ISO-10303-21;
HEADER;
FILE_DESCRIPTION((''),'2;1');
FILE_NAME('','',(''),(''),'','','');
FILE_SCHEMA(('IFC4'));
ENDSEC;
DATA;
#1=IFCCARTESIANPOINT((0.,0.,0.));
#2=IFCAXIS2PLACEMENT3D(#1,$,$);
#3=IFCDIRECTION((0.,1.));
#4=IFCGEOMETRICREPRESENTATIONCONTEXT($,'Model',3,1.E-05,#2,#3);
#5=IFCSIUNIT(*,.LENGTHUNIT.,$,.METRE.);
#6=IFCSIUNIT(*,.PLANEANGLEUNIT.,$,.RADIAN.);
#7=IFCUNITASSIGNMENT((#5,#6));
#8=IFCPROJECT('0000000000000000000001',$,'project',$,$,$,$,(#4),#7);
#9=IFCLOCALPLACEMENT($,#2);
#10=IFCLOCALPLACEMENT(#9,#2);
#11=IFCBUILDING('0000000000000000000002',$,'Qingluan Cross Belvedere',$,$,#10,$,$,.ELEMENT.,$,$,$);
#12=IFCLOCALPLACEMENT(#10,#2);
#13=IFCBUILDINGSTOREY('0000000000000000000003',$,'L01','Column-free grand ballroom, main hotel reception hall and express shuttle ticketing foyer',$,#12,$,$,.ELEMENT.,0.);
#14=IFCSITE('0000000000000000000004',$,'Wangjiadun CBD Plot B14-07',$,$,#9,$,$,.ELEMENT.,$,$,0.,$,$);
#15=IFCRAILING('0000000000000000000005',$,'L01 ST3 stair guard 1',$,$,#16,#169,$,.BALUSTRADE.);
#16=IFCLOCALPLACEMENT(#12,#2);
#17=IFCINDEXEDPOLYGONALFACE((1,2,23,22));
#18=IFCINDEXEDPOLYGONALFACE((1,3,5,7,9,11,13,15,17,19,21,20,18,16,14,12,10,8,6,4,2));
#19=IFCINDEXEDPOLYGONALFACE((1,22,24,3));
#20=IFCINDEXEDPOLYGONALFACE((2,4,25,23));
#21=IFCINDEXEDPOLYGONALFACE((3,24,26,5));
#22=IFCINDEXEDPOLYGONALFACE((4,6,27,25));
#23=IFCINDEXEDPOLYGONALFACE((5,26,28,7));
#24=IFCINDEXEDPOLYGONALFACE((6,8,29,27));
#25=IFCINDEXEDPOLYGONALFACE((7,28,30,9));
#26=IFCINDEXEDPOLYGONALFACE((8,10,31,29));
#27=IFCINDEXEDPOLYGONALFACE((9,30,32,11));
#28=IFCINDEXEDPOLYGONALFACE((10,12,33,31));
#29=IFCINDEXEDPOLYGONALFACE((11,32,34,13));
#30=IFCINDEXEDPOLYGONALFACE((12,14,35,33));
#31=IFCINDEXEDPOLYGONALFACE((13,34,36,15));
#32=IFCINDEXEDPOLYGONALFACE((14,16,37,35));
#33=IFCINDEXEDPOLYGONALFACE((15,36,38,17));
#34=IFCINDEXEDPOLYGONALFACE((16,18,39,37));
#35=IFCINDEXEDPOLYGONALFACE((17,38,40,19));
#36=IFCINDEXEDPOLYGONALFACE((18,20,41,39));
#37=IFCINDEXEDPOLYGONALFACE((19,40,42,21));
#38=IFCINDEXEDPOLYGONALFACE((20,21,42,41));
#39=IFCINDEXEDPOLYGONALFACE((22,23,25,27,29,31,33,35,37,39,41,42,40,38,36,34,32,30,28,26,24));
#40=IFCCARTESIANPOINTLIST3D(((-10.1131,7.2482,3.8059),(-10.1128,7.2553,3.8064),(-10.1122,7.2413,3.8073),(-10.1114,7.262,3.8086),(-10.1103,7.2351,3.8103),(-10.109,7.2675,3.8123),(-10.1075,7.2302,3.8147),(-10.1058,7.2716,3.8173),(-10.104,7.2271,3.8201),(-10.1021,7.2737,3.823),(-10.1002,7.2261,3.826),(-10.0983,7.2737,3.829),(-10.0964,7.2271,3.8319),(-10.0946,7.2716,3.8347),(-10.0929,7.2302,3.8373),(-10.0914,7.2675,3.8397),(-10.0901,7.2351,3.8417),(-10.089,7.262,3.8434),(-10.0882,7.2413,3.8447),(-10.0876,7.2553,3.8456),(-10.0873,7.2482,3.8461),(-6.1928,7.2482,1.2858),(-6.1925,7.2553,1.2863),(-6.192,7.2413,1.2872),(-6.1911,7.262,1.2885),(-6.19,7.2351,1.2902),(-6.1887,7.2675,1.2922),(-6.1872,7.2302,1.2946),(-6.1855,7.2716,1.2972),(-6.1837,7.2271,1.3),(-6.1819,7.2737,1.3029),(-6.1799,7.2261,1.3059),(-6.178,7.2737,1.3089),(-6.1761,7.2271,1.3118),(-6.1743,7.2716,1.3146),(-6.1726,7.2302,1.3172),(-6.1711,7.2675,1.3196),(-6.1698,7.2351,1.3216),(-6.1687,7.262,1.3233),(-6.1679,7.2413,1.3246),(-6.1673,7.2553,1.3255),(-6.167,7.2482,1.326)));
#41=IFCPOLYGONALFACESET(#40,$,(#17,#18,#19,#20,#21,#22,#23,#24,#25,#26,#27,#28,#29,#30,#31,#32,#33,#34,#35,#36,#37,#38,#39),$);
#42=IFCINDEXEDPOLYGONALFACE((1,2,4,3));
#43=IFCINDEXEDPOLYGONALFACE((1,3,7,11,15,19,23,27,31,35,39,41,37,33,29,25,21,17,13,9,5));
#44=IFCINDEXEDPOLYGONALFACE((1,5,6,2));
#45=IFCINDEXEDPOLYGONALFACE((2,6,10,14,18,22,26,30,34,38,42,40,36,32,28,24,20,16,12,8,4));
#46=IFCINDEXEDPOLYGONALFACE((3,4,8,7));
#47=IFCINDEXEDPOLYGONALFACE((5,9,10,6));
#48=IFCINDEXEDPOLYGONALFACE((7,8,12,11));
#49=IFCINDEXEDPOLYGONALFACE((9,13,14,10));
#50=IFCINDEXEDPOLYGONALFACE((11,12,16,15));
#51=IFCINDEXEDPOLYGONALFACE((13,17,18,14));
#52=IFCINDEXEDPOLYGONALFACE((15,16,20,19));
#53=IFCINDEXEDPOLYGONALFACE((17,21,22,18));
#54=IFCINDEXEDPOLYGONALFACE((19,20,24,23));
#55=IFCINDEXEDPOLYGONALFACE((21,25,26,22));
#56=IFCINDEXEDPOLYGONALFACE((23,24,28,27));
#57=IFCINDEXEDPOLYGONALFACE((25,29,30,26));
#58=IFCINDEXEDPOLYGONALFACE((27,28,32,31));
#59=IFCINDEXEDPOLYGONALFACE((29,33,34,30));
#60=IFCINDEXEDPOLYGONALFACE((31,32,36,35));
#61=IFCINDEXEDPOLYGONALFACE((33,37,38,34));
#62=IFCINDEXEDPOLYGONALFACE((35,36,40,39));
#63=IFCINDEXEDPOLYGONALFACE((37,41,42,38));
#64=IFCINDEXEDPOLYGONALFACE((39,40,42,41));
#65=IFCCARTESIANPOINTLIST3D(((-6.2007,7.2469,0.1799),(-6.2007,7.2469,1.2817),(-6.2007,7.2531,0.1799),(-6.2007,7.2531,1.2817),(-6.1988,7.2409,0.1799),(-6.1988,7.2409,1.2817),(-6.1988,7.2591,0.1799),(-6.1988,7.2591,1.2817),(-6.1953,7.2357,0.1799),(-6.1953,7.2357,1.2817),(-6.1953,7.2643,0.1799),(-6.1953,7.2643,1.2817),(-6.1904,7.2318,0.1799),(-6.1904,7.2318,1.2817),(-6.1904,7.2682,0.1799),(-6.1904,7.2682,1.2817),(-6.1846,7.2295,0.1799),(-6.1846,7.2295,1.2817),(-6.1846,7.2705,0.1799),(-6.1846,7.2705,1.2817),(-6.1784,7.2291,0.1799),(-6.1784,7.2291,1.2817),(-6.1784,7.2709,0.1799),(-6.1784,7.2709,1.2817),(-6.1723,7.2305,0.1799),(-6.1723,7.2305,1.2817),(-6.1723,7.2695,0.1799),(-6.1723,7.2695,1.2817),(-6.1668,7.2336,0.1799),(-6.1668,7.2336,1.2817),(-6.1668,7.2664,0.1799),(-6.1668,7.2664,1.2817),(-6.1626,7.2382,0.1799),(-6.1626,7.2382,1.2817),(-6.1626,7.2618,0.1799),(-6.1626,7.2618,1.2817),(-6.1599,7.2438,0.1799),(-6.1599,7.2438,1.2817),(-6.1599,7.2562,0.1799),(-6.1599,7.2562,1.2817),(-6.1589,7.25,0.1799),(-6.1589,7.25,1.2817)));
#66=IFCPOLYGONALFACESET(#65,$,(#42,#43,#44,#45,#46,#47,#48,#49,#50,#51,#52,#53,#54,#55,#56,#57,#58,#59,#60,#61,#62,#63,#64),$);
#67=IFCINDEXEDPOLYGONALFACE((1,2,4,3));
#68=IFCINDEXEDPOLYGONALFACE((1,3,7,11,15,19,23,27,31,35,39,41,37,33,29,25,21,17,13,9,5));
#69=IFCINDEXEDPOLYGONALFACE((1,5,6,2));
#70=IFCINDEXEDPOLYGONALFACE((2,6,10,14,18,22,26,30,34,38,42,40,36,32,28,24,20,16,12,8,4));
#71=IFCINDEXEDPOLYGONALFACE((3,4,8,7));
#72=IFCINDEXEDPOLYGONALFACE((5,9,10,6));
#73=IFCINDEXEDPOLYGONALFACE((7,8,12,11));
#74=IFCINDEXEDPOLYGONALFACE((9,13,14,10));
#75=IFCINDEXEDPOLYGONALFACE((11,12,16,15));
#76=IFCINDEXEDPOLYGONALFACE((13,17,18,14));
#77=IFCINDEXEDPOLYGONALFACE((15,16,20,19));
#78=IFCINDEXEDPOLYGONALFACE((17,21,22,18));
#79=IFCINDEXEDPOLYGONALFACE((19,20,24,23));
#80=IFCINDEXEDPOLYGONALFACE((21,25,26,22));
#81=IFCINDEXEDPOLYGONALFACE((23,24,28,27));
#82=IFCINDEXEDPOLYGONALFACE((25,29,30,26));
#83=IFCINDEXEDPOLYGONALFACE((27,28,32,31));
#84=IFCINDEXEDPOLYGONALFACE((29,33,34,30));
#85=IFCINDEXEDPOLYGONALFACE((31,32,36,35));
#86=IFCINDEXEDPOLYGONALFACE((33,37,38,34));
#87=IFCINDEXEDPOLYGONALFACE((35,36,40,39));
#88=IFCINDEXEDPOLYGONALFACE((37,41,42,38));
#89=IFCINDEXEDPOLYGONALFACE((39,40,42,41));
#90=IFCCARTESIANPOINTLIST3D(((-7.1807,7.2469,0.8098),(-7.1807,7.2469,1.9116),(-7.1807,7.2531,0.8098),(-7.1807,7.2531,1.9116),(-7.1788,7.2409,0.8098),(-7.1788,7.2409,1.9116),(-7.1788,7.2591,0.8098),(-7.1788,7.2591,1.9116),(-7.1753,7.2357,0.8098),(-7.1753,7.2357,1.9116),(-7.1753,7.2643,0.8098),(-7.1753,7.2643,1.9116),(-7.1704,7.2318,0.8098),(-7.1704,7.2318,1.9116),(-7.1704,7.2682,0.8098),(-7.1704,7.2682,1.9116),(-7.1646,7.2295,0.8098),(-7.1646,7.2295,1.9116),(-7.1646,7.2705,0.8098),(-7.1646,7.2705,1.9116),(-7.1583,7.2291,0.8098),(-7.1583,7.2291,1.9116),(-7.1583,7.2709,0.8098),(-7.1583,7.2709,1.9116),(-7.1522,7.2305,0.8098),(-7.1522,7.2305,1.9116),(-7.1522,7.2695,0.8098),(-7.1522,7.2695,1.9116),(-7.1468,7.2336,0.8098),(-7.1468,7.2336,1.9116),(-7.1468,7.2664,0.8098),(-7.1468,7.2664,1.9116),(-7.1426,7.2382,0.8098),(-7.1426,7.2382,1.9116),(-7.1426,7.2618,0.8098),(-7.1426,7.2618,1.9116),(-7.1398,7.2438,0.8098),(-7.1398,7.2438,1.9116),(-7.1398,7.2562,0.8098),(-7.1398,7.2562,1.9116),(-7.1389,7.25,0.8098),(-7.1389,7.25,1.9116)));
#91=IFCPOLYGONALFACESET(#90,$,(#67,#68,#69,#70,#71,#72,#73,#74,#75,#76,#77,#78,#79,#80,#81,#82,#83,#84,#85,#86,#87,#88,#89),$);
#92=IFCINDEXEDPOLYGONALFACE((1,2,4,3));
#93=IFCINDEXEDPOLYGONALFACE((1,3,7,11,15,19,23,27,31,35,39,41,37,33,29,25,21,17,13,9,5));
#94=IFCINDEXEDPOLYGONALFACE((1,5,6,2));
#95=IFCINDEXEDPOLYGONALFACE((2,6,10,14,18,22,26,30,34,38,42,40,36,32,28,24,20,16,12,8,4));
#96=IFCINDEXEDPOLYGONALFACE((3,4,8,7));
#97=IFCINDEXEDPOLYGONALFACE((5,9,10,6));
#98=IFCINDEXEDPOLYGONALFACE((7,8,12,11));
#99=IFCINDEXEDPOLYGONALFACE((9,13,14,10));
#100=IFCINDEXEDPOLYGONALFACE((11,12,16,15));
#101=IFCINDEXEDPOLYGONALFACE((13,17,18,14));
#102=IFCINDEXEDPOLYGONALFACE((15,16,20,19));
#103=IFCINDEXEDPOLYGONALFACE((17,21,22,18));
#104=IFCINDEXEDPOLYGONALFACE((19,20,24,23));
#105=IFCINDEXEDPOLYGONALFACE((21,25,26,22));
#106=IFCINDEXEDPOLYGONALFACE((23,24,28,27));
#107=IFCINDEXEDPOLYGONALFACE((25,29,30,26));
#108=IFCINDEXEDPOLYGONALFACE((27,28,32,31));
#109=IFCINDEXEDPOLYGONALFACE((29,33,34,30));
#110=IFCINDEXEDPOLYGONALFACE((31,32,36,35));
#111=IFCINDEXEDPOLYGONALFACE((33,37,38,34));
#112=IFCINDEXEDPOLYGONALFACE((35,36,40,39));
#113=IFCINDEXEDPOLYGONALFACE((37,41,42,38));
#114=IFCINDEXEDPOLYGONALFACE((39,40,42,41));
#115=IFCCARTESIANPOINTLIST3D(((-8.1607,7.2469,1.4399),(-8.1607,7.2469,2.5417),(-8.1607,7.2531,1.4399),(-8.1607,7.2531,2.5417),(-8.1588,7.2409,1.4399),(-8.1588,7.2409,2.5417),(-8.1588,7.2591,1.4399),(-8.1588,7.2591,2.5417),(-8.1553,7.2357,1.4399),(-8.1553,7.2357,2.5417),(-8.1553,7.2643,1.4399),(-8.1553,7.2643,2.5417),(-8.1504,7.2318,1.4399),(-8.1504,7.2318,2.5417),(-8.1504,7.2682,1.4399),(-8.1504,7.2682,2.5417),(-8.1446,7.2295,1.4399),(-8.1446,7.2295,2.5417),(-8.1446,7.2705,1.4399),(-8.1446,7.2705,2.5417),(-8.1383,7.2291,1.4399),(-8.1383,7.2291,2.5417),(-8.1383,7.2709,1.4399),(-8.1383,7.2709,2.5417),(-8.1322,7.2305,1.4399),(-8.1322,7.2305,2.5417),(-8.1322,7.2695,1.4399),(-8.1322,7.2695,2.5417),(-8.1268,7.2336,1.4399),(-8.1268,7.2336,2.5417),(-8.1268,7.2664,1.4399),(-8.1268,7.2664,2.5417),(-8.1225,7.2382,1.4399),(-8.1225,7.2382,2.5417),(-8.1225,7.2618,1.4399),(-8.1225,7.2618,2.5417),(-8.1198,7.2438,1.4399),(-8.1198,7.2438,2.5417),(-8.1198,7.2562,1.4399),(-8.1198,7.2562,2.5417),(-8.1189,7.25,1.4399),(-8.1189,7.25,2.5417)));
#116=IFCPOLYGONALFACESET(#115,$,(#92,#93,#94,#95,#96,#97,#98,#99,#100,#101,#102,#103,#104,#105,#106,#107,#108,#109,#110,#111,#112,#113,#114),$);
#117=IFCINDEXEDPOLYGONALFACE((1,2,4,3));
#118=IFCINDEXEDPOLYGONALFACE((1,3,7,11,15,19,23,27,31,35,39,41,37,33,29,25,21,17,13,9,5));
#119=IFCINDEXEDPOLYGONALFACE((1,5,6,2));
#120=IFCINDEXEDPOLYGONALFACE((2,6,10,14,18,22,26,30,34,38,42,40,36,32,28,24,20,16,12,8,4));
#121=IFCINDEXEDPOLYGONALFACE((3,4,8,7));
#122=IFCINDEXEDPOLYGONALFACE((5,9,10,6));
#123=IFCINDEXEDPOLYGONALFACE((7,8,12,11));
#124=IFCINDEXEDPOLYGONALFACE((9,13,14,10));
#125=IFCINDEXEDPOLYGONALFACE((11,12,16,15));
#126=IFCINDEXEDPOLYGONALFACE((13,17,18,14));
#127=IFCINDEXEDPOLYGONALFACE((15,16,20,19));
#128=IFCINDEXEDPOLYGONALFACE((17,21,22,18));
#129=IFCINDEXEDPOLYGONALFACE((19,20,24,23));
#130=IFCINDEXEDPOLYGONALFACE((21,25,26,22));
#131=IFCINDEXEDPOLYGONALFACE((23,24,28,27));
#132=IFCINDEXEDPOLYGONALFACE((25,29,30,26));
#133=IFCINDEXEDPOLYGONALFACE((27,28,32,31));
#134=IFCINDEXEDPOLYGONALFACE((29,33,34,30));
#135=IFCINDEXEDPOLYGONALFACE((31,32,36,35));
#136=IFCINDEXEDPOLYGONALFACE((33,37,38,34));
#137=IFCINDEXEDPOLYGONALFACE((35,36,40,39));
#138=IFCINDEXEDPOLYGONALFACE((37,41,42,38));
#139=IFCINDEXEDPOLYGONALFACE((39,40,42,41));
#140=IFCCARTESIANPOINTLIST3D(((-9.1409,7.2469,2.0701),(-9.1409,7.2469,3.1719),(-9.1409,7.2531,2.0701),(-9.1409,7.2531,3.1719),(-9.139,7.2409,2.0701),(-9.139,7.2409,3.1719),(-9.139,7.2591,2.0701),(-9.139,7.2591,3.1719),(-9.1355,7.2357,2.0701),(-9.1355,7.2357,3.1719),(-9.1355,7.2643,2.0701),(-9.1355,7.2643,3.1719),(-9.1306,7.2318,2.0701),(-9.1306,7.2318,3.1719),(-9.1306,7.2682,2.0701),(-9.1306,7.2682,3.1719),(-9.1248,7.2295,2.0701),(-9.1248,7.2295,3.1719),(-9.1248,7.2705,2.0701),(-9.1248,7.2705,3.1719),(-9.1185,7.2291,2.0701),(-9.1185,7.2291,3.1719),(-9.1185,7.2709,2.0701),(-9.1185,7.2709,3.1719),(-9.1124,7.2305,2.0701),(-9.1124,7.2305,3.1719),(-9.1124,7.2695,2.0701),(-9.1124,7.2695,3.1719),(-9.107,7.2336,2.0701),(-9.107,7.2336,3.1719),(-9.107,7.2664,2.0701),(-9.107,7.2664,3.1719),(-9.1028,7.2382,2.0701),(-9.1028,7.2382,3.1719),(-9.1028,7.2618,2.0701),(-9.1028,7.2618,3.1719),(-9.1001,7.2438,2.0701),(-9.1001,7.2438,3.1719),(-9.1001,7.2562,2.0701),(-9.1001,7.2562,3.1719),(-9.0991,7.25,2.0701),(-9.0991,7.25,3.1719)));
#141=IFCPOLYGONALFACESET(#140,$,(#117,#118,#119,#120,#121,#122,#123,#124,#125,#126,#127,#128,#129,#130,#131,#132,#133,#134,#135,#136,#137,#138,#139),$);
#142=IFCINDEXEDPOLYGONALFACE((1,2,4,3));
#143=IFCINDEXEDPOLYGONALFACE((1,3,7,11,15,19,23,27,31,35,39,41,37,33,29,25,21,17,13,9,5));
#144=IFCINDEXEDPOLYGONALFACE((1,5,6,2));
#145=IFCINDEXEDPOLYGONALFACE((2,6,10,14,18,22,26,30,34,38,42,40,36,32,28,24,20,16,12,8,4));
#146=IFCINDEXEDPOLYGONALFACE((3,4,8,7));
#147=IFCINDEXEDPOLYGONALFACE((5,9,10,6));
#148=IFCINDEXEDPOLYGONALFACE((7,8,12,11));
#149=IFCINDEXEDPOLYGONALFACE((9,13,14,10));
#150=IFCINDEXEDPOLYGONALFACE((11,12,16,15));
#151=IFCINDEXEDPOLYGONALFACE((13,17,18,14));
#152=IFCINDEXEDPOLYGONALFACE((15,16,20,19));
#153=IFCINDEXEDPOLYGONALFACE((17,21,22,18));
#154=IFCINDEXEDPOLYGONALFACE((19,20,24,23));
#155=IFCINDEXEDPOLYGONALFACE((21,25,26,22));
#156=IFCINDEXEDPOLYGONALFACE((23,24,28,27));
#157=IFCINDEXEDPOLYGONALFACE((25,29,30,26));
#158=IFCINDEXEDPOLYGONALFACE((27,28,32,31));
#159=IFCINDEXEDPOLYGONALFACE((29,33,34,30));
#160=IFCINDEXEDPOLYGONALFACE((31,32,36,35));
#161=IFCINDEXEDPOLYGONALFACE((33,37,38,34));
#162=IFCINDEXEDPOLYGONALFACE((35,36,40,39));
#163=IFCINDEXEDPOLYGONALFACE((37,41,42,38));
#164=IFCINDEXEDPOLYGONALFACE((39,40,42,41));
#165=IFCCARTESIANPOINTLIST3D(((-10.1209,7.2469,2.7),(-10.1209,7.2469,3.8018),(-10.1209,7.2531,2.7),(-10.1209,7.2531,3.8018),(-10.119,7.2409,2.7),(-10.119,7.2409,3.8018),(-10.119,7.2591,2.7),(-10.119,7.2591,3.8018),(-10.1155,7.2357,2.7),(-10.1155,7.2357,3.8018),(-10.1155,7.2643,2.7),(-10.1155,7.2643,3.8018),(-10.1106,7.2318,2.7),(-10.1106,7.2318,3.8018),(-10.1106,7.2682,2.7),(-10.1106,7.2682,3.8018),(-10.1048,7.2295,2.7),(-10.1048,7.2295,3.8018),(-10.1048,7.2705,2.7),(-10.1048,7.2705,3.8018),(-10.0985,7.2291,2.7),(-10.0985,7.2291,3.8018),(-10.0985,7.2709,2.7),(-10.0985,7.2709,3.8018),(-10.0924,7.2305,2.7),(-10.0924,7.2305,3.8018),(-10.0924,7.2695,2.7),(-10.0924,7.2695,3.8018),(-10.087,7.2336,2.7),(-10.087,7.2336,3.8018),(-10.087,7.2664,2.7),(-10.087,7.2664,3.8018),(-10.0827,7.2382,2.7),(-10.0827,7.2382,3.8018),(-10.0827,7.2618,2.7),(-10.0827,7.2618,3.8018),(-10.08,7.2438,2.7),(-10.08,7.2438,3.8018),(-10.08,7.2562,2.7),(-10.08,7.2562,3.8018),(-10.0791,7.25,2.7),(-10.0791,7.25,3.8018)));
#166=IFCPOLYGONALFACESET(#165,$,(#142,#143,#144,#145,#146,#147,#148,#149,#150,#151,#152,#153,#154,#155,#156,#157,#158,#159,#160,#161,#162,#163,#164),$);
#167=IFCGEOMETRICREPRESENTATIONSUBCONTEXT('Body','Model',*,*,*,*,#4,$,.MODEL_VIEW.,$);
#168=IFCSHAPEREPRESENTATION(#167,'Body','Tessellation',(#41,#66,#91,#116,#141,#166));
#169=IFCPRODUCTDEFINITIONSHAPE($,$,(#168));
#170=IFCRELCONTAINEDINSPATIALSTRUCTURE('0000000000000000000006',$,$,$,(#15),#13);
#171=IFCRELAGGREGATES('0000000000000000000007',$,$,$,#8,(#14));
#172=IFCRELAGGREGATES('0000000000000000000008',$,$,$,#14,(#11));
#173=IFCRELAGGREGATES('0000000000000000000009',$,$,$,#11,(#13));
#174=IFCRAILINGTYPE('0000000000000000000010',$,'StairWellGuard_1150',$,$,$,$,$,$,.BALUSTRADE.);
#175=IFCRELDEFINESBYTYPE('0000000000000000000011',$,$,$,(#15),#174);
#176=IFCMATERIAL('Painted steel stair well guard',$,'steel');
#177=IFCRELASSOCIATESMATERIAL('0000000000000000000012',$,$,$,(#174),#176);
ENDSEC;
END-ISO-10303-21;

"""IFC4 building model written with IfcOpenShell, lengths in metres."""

from ifc_helpers import new_model, si_unit, direction, frame, origin, origin_2d, place, context, subcontext, project, spatial, circle, extrude, material, type_object, element, save


model = new_model("IFC4")

# Units and contexts
model_context = context("Model", 3, precision=1e-05, world=origin(), true_north=direction((0.0, 1.0)))
body_context = subcontext(model_context, "Body", "Model", "MODEL_VIEW")
ifc_project = project(units=[si_unit("LENGTHUNIT", "METRE"), si_unit("PLANEANGLEUNIT", "RADIAN")], contexts=[model_context])

# Site, building, storey
site_placement = place(None, origin())
site = spatial("IfcSite", under=ifc_project, at=site_placement, Name="Wangjiadun CBD Plot B14-07", CompositionType="ELEMENT", RefElevation=0.0)
building_placement = place(site_placement, origin())
building = spatial("IfcBuilding", under=site, at=building_placement, Name="Qingluan Cross Belvedere", CompositionType="ELEMENT")
storey_placement = place(building_placement, origin())
storey = spatial("IfcBuildingStorey", under=building, at=storey_placement, Name="L01", Description="Column-free grand ballroom, main hotel reception hall and express shuttle ticketing foyer", CompositionType="ELEMENT", Elevation=0.0)

# Railing
ifc_material_1 = material(Name="Painted steel stair well guard", Category="steel")
railing_type_1 = type_object("IfcRailingType", Name="StairWellGuard_1150", PredefinedType="BALUSTRADE", material=ifc_material_1)
railing_1_placement = place(storey_placement, frame((-6.1799, 7.25, 0.1799)))
element("IfcRailing", 1, at=railing_1_placement, inside=storey, type_object=railing_type_1, Name="L01 ST3 stair guard 1", PredefinedType="BALUSTRADE", context=body_context, shape_type="SweptSolid", body=[
    extrude(circle(Radius=0.0239, at=origin_2d()), frame((0.0, 0.0, 1.126), z_axis=(-0.841187, 0.0, 0.540744), x_axis=(0.0, -1.0, 0.0)), (0.0, 0.0, 1.0), 4.6604),
    extrude(circle(Radius=0.021, at=origin_2d()), origin(), (0.0, 0.0, 1.0), 1.1018),
    extrude(circle(Radius=0.021, at=origin_2d()), frame((-0.98, 0.0, 0.6299)), (0.0, 0.0, 1.0), 1.1018),
    extrude(circle(Radius=0.021, at=origin_2d()), frame((-1.96, 0.0, 1.26)), (0.0, 0.0, 1.0), 1.1018),
    extrude(circle(Radius=0.021, at=origin_2d()), frame((-2.9402, 0.0, 1.8901)), (0.0, 0.0, 1.0), 1.1018),
    extrude(circle(Radius=0.021, at=origin_2d()), frame((-3.9202, 0.0, 2.52)), (0.0, 0.0, 1.0), 1.1018),
])

save(model, "model.ifc")
